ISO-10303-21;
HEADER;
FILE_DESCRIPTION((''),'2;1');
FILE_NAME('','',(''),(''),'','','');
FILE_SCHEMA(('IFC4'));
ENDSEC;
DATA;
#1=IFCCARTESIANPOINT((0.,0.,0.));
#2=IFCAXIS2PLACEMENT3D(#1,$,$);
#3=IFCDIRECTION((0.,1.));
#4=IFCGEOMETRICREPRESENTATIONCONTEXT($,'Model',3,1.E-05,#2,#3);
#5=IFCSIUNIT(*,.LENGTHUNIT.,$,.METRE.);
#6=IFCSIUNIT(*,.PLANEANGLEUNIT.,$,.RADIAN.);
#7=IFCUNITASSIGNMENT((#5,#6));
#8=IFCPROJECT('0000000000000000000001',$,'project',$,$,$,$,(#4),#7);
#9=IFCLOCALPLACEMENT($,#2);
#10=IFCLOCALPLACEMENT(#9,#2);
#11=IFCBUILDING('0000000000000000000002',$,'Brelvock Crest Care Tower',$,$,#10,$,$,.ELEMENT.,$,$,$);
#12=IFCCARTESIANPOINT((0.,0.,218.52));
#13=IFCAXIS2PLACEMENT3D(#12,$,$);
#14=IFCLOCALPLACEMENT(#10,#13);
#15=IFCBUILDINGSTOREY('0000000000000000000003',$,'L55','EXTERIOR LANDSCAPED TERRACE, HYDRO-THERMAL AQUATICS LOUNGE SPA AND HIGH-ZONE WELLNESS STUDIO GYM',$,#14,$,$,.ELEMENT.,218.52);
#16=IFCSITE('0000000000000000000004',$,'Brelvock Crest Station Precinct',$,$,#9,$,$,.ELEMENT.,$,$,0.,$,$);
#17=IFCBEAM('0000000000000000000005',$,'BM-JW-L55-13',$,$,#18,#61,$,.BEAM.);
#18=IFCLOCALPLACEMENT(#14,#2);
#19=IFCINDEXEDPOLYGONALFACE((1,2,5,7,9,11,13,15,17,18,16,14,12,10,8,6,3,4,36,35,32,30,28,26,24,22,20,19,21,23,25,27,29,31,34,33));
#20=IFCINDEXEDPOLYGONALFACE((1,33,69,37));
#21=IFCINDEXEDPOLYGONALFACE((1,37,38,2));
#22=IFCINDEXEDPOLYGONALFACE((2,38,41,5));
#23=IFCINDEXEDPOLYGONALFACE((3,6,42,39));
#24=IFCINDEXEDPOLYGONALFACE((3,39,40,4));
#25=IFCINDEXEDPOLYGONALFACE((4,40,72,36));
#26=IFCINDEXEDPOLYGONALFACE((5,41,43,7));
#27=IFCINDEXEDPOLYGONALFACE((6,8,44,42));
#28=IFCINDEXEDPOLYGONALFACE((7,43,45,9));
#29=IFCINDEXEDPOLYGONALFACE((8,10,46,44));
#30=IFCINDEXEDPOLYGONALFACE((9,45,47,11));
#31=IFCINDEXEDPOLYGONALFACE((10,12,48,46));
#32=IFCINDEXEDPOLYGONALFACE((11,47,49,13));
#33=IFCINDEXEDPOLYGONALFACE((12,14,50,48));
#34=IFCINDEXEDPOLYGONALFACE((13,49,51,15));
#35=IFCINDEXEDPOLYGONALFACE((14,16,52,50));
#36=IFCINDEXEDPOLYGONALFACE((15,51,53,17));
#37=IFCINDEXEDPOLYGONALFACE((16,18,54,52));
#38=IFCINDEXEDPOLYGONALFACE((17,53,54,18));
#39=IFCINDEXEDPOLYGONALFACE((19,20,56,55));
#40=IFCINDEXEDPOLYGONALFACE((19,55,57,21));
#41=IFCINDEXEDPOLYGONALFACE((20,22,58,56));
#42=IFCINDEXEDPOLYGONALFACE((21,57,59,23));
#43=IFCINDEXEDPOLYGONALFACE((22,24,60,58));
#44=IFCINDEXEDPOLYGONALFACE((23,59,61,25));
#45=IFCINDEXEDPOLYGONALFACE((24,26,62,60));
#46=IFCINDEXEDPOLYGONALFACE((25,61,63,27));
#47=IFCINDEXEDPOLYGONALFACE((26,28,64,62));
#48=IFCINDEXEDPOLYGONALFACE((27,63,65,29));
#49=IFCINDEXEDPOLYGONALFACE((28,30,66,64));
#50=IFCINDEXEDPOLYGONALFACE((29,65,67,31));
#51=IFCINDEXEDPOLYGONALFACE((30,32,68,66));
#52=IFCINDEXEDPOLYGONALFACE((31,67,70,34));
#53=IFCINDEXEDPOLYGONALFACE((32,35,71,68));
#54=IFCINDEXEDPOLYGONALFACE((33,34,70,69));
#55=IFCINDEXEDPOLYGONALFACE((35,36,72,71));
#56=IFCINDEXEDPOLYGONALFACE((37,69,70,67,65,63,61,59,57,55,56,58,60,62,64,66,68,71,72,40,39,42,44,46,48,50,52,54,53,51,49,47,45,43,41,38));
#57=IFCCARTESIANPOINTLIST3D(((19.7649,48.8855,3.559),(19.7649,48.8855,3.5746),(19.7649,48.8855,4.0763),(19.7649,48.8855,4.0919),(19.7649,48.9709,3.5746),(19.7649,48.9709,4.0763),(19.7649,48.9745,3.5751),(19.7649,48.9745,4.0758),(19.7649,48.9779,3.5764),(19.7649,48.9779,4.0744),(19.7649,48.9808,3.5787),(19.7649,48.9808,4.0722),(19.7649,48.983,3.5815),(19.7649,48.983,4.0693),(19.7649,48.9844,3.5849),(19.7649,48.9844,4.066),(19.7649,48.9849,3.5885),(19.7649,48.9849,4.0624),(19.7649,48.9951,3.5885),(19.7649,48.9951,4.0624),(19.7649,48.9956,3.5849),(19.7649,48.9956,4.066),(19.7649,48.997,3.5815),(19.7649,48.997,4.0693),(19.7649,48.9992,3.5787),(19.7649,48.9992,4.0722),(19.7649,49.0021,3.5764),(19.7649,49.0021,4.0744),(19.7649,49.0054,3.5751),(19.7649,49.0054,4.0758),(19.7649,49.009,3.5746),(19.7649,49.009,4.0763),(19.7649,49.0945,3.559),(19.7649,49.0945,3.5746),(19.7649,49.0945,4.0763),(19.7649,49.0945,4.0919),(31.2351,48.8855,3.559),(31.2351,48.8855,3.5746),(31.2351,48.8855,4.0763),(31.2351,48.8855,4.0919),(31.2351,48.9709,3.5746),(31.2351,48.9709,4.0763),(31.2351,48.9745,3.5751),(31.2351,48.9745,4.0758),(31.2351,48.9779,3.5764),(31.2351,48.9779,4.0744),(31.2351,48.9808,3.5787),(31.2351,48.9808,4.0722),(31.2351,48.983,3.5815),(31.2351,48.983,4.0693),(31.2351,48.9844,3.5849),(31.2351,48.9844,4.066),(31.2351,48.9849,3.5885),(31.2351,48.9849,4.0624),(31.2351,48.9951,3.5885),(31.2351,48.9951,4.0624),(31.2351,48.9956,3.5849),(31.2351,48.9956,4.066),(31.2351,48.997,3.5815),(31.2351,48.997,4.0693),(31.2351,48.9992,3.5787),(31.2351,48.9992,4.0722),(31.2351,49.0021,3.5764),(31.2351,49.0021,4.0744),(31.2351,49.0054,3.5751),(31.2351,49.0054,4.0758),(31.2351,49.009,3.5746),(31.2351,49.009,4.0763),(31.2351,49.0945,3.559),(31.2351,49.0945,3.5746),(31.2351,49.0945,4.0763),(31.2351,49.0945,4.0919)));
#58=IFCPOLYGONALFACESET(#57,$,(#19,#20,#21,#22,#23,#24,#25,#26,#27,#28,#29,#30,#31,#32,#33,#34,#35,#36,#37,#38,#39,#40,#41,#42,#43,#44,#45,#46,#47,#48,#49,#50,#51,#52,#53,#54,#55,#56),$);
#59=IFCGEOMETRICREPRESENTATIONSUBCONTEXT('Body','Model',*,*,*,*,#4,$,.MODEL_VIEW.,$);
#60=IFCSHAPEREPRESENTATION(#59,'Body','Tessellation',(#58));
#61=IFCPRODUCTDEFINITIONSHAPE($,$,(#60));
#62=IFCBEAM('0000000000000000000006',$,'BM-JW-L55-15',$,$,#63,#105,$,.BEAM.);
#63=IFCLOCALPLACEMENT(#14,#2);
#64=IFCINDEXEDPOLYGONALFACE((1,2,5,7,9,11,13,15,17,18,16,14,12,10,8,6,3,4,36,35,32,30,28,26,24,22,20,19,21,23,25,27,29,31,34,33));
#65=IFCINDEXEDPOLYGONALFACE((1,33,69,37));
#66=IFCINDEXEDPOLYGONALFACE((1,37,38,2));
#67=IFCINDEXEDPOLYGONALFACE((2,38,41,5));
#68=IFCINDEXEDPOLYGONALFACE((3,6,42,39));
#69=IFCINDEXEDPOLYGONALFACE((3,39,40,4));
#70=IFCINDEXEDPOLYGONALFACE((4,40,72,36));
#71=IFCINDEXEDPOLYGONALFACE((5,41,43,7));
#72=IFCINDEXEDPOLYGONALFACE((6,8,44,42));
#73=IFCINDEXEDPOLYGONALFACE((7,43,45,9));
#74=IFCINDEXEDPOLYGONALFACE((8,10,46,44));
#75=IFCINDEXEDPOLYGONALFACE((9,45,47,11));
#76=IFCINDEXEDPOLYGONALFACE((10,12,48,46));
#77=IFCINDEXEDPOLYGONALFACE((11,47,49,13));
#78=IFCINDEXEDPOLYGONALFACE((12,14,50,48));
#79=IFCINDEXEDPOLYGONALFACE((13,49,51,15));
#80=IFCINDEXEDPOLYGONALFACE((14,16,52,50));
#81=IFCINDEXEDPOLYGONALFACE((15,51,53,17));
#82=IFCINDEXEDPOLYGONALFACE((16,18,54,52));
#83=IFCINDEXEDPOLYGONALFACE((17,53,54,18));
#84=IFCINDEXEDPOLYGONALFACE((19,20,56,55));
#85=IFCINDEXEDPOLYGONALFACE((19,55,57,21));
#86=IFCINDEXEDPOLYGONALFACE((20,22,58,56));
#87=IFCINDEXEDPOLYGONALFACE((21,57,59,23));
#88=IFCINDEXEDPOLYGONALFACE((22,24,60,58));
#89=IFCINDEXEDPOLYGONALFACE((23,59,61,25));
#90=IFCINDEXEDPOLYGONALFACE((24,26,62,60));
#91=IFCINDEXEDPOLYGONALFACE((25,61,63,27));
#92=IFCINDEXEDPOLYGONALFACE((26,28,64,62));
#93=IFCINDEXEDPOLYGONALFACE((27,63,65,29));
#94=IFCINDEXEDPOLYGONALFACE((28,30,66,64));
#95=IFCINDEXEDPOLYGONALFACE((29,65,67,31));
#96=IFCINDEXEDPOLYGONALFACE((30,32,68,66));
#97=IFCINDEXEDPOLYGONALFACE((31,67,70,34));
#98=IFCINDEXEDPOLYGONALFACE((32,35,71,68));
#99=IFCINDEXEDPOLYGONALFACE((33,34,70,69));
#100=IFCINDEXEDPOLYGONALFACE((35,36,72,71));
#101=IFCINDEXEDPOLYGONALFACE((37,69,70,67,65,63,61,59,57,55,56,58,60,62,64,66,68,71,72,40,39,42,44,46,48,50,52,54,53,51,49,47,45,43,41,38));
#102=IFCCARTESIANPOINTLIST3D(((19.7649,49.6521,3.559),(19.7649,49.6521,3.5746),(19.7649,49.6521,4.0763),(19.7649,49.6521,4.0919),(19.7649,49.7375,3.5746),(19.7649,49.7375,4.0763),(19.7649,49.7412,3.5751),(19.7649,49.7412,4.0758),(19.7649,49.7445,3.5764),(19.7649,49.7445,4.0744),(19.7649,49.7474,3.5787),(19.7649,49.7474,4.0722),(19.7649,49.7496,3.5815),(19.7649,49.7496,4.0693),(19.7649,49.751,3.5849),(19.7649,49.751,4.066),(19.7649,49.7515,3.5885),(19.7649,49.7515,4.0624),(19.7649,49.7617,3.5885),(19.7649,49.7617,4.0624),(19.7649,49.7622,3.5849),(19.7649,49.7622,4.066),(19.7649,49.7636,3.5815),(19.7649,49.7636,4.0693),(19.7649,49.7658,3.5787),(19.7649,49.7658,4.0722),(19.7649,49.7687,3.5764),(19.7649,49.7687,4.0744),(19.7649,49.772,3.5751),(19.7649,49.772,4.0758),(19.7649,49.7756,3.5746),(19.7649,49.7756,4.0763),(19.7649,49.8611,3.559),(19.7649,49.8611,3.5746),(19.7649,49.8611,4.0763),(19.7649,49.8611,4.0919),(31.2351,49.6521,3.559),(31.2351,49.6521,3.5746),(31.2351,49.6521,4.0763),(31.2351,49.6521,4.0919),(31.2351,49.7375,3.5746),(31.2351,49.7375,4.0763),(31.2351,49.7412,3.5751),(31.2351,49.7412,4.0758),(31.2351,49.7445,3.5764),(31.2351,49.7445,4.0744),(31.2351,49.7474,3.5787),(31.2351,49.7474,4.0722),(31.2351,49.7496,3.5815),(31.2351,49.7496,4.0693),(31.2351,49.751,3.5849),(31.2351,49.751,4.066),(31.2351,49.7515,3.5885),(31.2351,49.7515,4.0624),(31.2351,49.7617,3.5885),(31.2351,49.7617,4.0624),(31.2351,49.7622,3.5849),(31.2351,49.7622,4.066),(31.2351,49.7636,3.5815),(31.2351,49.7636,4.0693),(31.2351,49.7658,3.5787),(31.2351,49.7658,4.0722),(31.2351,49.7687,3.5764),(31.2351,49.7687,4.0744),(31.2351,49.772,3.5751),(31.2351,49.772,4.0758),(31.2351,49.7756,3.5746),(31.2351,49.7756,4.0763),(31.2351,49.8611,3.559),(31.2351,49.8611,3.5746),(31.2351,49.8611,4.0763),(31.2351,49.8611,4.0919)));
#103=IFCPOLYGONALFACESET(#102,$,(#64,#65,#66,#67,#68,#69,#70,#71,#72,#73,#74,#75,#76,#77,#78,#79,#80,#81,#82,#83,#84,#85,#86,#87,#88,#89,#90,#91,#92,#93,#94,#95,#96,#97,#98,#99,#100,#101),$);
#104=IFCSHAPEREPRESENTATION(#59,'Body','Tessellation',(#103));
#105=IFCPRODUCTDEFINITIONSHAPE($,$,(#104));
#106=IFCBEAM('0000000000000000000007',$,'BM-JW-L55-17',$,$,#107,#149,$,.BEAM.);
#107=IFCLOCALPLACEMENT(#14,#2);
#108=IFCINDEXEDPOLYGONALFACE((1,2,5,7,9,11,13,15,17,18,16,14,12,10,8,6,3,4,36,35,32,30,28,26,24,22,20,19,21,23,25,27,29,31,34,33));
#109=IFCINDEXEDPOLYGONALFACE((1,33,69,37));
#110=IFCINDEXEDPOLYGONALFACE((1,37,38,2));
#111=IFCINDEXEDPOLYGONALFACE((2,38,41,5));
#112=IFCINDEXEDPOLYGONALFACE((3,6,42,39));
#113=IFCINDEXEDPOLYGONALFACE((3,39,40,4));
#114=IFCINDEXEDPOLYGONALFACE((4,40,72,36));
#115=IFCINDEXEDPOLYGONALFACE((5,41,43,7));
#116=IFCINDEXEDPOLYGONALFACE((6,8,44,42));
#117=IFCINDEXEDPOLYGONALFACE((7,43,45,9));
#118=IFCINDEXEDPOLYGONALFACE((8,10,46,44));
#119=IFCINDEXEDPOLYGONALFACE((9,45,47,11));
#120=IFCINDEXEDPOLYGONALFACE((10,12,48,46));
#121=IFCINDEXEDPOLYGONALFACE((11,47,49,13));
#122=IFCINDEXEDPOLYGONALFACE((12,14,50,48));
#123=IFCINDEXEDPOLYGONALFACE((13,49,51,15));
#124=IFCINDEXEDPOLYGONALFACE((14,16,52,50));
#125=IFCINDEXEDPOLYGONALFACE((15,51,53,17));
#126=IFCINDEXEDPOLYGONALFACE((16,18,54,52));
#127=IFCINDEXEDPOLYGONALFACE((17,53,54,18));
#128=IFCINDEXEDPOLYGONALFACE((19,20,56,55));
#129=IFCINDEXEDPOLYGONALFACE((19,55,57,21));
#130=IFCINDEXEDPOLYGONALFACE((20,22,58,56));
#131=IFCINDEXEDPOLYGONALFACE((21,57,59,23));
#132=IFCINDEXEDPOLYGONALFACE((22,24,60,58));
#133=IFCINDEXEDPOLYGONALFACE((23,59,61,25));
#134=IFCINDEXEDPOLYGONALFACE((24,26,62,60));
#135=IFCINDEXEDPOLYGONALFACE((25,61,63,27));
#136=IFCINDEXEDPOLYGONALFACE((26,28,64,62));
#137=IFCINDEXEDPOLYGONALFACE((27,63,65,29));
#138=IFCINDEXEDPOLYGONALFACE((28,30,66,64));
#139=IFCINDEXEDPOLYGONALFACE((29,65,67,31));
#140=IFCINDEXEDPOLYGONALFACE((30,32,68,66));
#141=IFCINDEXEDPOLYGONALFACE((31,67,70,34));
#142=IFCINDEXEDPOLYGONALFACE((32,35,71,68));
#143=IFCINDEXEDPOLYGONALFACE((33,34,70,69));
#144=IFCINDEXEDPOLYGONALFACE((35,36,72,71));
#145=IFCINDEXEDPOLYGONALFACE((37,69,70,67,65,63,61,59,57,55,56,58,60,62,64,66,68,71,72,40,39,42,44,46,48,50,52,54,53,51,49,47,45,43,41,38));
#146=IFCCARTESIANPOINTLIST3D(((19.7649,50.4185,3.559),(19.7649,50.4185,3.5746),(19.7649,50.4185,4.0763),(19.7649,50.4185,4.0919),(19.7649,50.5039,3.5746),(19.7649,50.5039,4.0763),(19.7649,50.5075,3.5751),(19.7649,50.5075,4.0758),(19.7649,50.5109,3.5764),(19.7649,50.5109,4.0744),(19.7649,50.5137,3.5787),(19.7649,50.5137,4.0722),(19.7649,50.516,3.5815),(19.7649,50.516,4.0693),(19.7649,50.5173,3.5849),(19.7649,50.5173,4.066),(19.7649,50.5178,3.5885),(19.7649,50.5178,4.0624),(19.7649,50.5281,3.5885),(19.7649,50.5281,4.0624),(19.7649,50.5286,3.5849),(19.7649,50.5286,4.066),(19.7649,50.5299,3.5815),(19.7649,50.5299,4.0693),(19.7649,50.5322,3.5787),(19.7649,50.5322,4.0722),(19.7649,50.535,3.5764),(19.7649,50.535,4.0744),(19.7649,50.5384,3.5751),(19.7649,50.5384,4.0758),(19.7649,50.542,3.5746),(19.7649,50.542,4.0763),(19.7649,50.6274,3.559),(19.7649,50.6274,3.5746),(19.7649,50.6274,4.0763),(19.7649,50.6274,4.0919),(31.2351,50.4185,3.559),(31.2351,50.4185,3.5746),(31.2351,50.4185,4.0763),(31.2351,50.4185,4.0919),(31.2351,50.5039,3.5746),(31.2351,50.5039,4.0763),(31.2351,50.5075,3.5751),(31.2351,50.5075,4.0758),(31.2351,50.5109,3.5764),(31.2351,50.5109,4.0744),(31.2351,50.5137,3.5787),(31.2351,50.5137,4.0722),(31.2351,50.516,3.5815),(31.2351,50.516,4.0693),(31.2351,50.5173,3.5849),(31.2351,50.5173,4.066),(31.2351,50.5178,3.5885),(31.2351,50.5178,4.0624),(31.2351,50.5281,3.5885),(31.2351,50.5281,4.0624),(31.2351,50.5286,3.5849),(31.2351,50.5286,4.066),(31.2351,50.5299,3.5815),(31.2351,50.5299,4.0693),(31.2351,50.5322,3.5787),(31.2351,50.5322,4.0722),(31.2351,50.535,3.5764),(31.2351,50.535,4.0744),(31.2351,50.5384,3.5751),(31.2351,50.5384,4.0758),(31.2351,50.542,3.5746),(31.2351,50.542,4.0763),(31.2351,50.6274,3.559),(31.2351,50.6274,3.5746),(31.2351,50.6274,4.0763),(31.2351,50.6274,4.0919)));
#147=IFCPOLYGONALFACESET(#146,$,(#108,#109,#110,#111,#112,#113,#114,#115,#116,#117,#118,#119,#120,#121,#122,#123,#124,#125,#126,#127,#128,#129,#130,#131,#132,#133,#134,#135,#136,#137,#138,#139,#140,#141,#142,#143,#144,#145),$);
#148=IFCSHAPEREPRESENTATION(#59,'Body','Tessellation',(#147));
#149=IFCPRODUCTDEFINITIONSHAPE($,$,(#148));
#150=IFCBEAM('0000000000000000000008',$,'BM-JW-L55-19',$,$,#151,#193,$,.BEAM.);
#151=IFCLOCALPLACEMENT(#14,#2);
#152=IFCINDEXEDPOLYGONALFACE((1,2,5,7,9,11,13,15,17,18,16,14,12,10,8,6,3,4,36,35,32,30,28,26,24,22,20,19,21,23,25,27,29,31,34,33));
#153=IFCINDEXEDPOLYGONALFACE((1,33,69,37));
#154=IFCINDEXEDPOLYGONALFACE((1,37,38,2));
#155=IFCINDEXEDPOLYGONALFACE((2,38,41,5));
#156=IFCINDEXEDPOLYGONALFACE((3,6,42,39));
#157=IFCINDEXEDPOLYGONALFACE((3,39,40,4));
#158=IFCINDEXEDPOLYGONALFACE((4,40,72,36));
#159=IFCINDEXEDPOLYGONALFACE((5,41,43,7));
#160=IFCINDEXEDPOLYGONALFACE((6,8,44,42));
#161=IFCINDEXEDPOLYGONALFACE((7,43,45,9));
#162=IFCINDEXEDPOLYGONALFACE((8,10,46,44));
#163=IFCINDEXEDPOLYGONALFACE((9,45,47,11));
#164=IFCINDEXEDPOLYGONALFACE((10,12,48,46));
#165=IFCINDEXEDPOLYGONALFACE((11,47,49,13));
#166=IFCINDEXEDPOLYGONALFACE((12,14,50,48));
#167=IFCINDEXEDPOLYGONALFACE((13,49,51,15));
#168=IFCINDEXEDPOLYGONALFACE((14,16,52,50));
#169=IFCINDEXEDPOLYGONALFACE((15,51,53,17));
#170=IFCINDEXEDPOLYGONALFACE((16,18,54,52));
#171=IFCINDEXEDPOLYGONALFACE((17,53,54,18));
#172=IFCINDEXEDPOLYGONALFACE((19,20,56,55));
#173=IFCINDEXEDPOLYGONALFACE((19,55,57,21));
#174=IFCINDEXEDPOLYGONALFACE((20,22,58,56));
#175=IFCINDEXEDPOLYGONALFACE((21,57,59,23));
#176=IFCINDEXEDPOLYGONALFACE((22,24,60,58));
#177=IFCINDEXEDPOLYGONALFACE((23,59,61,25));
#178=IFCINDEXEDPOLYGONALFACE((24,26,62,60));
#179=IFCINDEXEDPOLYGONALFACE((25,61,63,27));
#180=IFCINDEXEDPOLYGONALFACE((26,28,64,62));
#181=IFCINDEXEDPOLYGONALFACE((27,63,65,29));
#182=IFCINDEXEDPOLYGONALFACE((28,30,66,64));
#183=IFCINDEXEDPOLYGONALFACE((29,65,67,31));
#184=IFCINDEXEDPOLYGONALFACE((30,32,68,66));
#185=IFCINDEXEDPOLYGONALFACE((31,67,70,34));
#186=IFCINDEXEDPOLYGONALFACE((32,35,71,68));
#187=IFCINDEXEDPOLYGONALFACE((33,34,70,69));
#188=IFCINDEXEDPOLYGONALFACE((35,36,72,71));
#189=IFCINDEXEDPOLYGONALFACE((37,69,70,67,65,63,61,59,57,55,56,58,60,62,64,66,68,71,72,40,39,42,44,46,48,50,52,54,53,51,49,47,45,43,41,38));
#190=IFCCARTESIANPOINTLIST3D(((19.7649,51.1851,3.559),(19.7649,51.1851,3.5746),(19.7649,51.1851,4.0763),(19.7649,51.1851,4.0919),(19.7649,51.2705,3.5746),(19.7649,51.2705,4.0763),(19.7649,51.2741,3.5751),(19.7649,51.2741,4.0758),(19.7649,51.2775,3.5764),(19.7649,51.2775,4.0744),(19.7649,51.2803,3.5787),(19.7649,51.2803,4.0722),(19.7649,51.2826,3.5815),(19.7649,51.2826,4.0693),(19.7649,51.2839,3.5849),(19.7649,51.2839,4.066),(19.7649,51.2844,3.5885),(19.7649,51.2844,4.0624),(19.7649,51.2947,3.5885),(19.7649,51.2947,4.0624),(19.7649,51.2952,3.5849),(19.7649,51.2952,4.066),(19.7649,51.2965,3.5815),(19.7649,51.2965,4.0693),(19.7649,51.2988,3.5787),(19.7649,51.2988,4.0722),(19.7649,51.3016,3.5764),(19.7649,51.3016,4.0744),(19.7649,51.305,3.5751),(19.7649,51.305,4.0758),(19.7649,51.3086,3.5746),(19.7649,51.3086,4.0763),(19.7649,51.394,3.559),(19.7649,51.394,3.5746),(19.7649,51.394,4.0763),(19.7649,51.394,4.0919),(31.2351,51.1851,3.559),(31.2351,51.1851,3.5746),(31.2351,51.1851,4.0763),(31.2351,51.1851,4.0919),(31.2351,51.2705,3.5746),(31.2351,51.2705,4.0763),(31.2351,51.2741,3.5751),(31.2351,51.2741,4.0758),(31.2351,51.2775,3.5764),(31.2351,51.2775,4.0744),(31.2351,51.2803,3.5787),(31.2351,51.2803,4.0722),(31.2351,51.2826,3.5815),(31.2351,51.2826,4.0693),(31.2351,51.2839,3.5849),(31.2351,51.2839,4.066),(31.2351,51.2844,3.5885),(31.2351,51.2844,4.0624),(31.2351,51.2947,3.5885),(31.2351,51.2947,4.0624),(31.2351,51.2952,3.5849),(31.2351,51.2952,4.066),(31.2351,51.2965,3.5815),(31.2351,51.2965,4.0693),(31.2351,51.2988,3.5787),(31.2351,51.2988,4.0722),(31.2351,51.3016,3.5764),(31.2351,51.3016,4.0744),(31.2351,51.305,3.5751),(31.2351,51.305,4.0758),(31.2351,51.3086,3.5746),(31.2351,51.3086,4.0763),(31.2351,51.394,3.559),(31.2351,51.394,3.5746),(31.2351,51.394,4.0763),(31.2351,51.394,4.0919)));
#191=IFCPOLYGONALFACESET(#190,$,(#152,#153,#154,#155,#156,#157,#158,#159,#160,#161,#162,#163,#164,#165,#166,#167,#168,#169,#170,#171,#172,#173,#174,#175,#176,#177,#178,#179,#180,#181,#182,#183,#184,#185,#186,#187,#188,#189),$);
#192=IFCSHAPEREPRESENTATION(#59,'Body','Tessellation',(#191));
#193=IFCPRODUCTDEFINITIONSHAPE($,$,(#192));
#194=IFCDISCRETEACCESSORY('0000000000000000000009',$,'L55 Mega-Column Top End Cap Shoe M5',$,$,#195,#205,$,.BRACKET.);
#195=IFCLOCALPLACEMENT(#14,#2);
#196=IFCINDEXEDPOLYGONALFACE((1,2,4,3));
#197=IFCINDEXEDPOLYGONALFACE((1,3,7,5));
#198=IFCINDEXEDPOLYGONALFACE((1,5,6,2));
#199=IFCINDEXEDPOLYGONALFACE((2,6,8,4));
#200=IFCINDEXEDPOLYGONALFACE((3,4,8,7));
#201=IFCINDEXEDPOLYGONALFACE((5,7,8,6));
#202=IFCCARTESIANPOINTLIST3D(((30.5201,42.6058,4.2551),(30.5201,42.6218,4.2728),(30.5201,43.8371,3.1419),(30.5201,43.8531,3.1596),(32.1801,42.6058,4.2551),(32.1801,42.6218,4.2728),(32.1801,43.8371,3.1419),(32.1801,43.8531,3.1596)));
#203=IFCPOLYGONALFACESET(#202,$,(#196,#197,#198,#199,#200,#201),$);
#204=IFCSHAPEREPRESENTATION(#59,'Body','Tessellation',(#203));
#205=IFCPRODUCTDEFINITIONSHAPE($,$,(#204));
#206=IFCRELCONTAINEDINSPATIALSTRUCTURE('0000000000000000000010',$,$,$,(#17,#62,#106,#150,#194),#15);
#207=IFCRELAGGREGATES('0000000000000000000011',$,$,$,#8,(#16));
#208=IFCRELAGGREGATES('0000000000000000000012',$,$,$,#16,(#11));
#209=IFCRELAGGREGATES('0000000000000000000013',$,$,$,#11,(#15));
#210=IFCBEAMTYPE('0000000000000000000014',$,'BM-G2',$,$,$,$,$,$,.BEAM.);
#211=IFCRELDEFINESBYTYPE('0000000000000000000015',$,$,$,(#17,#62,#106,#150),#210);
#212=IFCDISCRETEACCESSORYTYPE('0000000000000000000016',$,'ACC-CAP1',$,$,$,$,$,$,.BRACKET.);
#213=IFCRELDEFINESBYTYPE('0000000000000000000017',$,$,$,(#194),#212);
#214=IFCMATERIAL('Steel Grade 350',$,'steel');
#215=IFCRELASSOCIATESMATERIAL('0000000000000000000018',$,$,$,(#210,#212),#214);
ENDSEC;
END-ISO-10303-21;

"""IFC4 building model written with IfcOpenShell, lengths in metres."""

from ifc_helpers import new_model, si_unit, direction, frame, origin, origin_2d, place, context, subcontext, project, spatial, rectangle, i_section, extrude, source, transform, mapped, material, material_profile, profile_set, type_object, element, save


model = new_model("IFC4")

# Units and contexts
model_context = context("Model", 3, precision=1e-05, world=origin(), true_north=direction((0.0, 1.0)))
body_context = subcontext(model_context, "Body", "Model", "MODEL_VIEW")
ifc_project = project(units=[si_unit("LENGTHUNIT", "METRE"), si_unit("PLANEANGLEUNIT", "RADIAN")], contexts=[model_context])

# Site, building, storey
site_placement = place(None, origin())
site = spatial("IfcSite", under=ifc_project, at=site_placement, Name="Brelvock Crest Station Precinct", CompositionType="ELEMENT", RefElevation=0.0)
building_placement = place(site_placement, origin())
building = spatial("IfcBuilding", under=site, at=building_placement, Name="Brelvock Crest Care Tower", CompositionType="ELEMENT")
storey_placement = place(building_placement, frame((0.0, 0.0, 218.52)))
storey = spatial("IfcBuildingStorey", under=building, at=storey_placement, Name="L55", Description="EXTERIOR LANDSCAPED TERRACE, HYDRO-THERMAL AQUATICS LOUNGE SPA AND HIGH-ZONE WELLNESS STUDIO GYM", CompositionType="ELEMENT", Elevation=218.52)

# Beams
ifc_material = material(Name="Steel Grade 350", Category="steel")
ifc_material_profile_1 = material_profile(ifc_material, i_section(OverallWidth=0.209, OverallDepth=0.533, WebThickness=0.0103, FlangeThickness=0.0156, FilletRadius=0.0139, at=origin_2d()), Name="530UB92.4")
ifc_profile_set_1 = profile_set([ifc_material_profile_1], Name="Steel Grade 350")
beam_type_1 = type_object("IfcBeamType", Name="BM-G2", PredefinedType="BEAM", material=ifc_profile_set_1)
shared_shape_1 = source(origin(), body_context, "Body", "SweptSolid", [
    extrude(i_section(OverallWidth=0.209, OverallDepth=0.533, WebThickness=0.0103, FlangeThickness=0.0156, FilletRadius=0.0139, at=origin_2d()), origin(), (0.0, 0.0, 1.0), 11.4702),
])
for number, where, z_axis, x_axis, name in (
    (1, (19.7649, 48.99, 3.8254), (1.0, 0.0, 0.0), (0.0, 1.0, 0.0), "BM-JW-L55-13"),
    (2, (19.7649, 49.7566, 3.8254), (1.0, 0.0, 0.0), (0.0, 1.0, 0.0), "BM-JW-L55-15"),
    (3, (19.7649, 50.5229, 3.8254), (1.0, 0.0, 0.0), (0.0, 1.0, 0.0), "BM-JW-L55-17"),
    (4, (19.7649, 51.2896, 3.8254), (1.0, 0.0, 0.0), (0.0, 1.0, 0.0), "BM-JW-L55-19"),
):
    element("IfcBeam", number, at=place(storey_placement, frame(where, z_axis=z_axis, x_axis=x_axis)), inside=storey, type_object=beam_type_1, Name=name, PredefinedType="BEAM", context=body_context, shape_type="MappedRepresentation", body=[
        mapped(shared_shape_1, transform((0.0, 0.0, 0.0), x_axis=(1.0, 0.0, 0.0), y_axis=(0.0, 1.0, 0.0), z_axis=(0.0, 0.0, 1.0), scale=1.0)),
    ])

# Discrete accessory
ifc_material_profile_2 = material_profile(ifc_material, rectangle(XDim=1.6599, YDim=1.6599, at=origin_2d()), Name="ACC-CAP1")
ifc_profile_set_2 = profile_set([ifc_material_profile_2], Name="Steel Grade 350")
discrete_accessory_type = type_object("IfcDiscreteAccessoryType", Name="ACC-CAP1", PredefinedType="BRACKET", material=ifc_profile_set_2)
shared_shape_2 = source(origin(), body_context, "Body", "SweptSolid", [
    extrude(rectangle(XDim=1.6599, YDim=1.6599, at=origin_2d()), origin(), (0.0, 0.0, 1.0), 0.0239),
])
discrete_accessory_placement = place(storey_placement, frame((31.3501, 43.2214, 3.6985), z_axis=(0.0, 0.670647, 0.741776), x_axis=(-1.0, 0.0, 0.0)))
element("IfcDiscreteAccessory", 5, at=discrete_accessory_placement, inside=storey, type_object=discrete_accessory_type, Name="L55 Mega-Column Top End Cap Shoe M5", PredefinedType="BRACKET", context=body_context, shape_type="MappedRepresentation", body=[
    mapped(shared_shape_2, transform((0.0, 0.0, 0.0), x_axis=(1.0, 0.0, 0.0), y_axis=(0.0, 1.0, 0.0), z_axis=(0.0, 0.0, 1.0), scale=1.0)),
])

save(model, "model.ifc")
